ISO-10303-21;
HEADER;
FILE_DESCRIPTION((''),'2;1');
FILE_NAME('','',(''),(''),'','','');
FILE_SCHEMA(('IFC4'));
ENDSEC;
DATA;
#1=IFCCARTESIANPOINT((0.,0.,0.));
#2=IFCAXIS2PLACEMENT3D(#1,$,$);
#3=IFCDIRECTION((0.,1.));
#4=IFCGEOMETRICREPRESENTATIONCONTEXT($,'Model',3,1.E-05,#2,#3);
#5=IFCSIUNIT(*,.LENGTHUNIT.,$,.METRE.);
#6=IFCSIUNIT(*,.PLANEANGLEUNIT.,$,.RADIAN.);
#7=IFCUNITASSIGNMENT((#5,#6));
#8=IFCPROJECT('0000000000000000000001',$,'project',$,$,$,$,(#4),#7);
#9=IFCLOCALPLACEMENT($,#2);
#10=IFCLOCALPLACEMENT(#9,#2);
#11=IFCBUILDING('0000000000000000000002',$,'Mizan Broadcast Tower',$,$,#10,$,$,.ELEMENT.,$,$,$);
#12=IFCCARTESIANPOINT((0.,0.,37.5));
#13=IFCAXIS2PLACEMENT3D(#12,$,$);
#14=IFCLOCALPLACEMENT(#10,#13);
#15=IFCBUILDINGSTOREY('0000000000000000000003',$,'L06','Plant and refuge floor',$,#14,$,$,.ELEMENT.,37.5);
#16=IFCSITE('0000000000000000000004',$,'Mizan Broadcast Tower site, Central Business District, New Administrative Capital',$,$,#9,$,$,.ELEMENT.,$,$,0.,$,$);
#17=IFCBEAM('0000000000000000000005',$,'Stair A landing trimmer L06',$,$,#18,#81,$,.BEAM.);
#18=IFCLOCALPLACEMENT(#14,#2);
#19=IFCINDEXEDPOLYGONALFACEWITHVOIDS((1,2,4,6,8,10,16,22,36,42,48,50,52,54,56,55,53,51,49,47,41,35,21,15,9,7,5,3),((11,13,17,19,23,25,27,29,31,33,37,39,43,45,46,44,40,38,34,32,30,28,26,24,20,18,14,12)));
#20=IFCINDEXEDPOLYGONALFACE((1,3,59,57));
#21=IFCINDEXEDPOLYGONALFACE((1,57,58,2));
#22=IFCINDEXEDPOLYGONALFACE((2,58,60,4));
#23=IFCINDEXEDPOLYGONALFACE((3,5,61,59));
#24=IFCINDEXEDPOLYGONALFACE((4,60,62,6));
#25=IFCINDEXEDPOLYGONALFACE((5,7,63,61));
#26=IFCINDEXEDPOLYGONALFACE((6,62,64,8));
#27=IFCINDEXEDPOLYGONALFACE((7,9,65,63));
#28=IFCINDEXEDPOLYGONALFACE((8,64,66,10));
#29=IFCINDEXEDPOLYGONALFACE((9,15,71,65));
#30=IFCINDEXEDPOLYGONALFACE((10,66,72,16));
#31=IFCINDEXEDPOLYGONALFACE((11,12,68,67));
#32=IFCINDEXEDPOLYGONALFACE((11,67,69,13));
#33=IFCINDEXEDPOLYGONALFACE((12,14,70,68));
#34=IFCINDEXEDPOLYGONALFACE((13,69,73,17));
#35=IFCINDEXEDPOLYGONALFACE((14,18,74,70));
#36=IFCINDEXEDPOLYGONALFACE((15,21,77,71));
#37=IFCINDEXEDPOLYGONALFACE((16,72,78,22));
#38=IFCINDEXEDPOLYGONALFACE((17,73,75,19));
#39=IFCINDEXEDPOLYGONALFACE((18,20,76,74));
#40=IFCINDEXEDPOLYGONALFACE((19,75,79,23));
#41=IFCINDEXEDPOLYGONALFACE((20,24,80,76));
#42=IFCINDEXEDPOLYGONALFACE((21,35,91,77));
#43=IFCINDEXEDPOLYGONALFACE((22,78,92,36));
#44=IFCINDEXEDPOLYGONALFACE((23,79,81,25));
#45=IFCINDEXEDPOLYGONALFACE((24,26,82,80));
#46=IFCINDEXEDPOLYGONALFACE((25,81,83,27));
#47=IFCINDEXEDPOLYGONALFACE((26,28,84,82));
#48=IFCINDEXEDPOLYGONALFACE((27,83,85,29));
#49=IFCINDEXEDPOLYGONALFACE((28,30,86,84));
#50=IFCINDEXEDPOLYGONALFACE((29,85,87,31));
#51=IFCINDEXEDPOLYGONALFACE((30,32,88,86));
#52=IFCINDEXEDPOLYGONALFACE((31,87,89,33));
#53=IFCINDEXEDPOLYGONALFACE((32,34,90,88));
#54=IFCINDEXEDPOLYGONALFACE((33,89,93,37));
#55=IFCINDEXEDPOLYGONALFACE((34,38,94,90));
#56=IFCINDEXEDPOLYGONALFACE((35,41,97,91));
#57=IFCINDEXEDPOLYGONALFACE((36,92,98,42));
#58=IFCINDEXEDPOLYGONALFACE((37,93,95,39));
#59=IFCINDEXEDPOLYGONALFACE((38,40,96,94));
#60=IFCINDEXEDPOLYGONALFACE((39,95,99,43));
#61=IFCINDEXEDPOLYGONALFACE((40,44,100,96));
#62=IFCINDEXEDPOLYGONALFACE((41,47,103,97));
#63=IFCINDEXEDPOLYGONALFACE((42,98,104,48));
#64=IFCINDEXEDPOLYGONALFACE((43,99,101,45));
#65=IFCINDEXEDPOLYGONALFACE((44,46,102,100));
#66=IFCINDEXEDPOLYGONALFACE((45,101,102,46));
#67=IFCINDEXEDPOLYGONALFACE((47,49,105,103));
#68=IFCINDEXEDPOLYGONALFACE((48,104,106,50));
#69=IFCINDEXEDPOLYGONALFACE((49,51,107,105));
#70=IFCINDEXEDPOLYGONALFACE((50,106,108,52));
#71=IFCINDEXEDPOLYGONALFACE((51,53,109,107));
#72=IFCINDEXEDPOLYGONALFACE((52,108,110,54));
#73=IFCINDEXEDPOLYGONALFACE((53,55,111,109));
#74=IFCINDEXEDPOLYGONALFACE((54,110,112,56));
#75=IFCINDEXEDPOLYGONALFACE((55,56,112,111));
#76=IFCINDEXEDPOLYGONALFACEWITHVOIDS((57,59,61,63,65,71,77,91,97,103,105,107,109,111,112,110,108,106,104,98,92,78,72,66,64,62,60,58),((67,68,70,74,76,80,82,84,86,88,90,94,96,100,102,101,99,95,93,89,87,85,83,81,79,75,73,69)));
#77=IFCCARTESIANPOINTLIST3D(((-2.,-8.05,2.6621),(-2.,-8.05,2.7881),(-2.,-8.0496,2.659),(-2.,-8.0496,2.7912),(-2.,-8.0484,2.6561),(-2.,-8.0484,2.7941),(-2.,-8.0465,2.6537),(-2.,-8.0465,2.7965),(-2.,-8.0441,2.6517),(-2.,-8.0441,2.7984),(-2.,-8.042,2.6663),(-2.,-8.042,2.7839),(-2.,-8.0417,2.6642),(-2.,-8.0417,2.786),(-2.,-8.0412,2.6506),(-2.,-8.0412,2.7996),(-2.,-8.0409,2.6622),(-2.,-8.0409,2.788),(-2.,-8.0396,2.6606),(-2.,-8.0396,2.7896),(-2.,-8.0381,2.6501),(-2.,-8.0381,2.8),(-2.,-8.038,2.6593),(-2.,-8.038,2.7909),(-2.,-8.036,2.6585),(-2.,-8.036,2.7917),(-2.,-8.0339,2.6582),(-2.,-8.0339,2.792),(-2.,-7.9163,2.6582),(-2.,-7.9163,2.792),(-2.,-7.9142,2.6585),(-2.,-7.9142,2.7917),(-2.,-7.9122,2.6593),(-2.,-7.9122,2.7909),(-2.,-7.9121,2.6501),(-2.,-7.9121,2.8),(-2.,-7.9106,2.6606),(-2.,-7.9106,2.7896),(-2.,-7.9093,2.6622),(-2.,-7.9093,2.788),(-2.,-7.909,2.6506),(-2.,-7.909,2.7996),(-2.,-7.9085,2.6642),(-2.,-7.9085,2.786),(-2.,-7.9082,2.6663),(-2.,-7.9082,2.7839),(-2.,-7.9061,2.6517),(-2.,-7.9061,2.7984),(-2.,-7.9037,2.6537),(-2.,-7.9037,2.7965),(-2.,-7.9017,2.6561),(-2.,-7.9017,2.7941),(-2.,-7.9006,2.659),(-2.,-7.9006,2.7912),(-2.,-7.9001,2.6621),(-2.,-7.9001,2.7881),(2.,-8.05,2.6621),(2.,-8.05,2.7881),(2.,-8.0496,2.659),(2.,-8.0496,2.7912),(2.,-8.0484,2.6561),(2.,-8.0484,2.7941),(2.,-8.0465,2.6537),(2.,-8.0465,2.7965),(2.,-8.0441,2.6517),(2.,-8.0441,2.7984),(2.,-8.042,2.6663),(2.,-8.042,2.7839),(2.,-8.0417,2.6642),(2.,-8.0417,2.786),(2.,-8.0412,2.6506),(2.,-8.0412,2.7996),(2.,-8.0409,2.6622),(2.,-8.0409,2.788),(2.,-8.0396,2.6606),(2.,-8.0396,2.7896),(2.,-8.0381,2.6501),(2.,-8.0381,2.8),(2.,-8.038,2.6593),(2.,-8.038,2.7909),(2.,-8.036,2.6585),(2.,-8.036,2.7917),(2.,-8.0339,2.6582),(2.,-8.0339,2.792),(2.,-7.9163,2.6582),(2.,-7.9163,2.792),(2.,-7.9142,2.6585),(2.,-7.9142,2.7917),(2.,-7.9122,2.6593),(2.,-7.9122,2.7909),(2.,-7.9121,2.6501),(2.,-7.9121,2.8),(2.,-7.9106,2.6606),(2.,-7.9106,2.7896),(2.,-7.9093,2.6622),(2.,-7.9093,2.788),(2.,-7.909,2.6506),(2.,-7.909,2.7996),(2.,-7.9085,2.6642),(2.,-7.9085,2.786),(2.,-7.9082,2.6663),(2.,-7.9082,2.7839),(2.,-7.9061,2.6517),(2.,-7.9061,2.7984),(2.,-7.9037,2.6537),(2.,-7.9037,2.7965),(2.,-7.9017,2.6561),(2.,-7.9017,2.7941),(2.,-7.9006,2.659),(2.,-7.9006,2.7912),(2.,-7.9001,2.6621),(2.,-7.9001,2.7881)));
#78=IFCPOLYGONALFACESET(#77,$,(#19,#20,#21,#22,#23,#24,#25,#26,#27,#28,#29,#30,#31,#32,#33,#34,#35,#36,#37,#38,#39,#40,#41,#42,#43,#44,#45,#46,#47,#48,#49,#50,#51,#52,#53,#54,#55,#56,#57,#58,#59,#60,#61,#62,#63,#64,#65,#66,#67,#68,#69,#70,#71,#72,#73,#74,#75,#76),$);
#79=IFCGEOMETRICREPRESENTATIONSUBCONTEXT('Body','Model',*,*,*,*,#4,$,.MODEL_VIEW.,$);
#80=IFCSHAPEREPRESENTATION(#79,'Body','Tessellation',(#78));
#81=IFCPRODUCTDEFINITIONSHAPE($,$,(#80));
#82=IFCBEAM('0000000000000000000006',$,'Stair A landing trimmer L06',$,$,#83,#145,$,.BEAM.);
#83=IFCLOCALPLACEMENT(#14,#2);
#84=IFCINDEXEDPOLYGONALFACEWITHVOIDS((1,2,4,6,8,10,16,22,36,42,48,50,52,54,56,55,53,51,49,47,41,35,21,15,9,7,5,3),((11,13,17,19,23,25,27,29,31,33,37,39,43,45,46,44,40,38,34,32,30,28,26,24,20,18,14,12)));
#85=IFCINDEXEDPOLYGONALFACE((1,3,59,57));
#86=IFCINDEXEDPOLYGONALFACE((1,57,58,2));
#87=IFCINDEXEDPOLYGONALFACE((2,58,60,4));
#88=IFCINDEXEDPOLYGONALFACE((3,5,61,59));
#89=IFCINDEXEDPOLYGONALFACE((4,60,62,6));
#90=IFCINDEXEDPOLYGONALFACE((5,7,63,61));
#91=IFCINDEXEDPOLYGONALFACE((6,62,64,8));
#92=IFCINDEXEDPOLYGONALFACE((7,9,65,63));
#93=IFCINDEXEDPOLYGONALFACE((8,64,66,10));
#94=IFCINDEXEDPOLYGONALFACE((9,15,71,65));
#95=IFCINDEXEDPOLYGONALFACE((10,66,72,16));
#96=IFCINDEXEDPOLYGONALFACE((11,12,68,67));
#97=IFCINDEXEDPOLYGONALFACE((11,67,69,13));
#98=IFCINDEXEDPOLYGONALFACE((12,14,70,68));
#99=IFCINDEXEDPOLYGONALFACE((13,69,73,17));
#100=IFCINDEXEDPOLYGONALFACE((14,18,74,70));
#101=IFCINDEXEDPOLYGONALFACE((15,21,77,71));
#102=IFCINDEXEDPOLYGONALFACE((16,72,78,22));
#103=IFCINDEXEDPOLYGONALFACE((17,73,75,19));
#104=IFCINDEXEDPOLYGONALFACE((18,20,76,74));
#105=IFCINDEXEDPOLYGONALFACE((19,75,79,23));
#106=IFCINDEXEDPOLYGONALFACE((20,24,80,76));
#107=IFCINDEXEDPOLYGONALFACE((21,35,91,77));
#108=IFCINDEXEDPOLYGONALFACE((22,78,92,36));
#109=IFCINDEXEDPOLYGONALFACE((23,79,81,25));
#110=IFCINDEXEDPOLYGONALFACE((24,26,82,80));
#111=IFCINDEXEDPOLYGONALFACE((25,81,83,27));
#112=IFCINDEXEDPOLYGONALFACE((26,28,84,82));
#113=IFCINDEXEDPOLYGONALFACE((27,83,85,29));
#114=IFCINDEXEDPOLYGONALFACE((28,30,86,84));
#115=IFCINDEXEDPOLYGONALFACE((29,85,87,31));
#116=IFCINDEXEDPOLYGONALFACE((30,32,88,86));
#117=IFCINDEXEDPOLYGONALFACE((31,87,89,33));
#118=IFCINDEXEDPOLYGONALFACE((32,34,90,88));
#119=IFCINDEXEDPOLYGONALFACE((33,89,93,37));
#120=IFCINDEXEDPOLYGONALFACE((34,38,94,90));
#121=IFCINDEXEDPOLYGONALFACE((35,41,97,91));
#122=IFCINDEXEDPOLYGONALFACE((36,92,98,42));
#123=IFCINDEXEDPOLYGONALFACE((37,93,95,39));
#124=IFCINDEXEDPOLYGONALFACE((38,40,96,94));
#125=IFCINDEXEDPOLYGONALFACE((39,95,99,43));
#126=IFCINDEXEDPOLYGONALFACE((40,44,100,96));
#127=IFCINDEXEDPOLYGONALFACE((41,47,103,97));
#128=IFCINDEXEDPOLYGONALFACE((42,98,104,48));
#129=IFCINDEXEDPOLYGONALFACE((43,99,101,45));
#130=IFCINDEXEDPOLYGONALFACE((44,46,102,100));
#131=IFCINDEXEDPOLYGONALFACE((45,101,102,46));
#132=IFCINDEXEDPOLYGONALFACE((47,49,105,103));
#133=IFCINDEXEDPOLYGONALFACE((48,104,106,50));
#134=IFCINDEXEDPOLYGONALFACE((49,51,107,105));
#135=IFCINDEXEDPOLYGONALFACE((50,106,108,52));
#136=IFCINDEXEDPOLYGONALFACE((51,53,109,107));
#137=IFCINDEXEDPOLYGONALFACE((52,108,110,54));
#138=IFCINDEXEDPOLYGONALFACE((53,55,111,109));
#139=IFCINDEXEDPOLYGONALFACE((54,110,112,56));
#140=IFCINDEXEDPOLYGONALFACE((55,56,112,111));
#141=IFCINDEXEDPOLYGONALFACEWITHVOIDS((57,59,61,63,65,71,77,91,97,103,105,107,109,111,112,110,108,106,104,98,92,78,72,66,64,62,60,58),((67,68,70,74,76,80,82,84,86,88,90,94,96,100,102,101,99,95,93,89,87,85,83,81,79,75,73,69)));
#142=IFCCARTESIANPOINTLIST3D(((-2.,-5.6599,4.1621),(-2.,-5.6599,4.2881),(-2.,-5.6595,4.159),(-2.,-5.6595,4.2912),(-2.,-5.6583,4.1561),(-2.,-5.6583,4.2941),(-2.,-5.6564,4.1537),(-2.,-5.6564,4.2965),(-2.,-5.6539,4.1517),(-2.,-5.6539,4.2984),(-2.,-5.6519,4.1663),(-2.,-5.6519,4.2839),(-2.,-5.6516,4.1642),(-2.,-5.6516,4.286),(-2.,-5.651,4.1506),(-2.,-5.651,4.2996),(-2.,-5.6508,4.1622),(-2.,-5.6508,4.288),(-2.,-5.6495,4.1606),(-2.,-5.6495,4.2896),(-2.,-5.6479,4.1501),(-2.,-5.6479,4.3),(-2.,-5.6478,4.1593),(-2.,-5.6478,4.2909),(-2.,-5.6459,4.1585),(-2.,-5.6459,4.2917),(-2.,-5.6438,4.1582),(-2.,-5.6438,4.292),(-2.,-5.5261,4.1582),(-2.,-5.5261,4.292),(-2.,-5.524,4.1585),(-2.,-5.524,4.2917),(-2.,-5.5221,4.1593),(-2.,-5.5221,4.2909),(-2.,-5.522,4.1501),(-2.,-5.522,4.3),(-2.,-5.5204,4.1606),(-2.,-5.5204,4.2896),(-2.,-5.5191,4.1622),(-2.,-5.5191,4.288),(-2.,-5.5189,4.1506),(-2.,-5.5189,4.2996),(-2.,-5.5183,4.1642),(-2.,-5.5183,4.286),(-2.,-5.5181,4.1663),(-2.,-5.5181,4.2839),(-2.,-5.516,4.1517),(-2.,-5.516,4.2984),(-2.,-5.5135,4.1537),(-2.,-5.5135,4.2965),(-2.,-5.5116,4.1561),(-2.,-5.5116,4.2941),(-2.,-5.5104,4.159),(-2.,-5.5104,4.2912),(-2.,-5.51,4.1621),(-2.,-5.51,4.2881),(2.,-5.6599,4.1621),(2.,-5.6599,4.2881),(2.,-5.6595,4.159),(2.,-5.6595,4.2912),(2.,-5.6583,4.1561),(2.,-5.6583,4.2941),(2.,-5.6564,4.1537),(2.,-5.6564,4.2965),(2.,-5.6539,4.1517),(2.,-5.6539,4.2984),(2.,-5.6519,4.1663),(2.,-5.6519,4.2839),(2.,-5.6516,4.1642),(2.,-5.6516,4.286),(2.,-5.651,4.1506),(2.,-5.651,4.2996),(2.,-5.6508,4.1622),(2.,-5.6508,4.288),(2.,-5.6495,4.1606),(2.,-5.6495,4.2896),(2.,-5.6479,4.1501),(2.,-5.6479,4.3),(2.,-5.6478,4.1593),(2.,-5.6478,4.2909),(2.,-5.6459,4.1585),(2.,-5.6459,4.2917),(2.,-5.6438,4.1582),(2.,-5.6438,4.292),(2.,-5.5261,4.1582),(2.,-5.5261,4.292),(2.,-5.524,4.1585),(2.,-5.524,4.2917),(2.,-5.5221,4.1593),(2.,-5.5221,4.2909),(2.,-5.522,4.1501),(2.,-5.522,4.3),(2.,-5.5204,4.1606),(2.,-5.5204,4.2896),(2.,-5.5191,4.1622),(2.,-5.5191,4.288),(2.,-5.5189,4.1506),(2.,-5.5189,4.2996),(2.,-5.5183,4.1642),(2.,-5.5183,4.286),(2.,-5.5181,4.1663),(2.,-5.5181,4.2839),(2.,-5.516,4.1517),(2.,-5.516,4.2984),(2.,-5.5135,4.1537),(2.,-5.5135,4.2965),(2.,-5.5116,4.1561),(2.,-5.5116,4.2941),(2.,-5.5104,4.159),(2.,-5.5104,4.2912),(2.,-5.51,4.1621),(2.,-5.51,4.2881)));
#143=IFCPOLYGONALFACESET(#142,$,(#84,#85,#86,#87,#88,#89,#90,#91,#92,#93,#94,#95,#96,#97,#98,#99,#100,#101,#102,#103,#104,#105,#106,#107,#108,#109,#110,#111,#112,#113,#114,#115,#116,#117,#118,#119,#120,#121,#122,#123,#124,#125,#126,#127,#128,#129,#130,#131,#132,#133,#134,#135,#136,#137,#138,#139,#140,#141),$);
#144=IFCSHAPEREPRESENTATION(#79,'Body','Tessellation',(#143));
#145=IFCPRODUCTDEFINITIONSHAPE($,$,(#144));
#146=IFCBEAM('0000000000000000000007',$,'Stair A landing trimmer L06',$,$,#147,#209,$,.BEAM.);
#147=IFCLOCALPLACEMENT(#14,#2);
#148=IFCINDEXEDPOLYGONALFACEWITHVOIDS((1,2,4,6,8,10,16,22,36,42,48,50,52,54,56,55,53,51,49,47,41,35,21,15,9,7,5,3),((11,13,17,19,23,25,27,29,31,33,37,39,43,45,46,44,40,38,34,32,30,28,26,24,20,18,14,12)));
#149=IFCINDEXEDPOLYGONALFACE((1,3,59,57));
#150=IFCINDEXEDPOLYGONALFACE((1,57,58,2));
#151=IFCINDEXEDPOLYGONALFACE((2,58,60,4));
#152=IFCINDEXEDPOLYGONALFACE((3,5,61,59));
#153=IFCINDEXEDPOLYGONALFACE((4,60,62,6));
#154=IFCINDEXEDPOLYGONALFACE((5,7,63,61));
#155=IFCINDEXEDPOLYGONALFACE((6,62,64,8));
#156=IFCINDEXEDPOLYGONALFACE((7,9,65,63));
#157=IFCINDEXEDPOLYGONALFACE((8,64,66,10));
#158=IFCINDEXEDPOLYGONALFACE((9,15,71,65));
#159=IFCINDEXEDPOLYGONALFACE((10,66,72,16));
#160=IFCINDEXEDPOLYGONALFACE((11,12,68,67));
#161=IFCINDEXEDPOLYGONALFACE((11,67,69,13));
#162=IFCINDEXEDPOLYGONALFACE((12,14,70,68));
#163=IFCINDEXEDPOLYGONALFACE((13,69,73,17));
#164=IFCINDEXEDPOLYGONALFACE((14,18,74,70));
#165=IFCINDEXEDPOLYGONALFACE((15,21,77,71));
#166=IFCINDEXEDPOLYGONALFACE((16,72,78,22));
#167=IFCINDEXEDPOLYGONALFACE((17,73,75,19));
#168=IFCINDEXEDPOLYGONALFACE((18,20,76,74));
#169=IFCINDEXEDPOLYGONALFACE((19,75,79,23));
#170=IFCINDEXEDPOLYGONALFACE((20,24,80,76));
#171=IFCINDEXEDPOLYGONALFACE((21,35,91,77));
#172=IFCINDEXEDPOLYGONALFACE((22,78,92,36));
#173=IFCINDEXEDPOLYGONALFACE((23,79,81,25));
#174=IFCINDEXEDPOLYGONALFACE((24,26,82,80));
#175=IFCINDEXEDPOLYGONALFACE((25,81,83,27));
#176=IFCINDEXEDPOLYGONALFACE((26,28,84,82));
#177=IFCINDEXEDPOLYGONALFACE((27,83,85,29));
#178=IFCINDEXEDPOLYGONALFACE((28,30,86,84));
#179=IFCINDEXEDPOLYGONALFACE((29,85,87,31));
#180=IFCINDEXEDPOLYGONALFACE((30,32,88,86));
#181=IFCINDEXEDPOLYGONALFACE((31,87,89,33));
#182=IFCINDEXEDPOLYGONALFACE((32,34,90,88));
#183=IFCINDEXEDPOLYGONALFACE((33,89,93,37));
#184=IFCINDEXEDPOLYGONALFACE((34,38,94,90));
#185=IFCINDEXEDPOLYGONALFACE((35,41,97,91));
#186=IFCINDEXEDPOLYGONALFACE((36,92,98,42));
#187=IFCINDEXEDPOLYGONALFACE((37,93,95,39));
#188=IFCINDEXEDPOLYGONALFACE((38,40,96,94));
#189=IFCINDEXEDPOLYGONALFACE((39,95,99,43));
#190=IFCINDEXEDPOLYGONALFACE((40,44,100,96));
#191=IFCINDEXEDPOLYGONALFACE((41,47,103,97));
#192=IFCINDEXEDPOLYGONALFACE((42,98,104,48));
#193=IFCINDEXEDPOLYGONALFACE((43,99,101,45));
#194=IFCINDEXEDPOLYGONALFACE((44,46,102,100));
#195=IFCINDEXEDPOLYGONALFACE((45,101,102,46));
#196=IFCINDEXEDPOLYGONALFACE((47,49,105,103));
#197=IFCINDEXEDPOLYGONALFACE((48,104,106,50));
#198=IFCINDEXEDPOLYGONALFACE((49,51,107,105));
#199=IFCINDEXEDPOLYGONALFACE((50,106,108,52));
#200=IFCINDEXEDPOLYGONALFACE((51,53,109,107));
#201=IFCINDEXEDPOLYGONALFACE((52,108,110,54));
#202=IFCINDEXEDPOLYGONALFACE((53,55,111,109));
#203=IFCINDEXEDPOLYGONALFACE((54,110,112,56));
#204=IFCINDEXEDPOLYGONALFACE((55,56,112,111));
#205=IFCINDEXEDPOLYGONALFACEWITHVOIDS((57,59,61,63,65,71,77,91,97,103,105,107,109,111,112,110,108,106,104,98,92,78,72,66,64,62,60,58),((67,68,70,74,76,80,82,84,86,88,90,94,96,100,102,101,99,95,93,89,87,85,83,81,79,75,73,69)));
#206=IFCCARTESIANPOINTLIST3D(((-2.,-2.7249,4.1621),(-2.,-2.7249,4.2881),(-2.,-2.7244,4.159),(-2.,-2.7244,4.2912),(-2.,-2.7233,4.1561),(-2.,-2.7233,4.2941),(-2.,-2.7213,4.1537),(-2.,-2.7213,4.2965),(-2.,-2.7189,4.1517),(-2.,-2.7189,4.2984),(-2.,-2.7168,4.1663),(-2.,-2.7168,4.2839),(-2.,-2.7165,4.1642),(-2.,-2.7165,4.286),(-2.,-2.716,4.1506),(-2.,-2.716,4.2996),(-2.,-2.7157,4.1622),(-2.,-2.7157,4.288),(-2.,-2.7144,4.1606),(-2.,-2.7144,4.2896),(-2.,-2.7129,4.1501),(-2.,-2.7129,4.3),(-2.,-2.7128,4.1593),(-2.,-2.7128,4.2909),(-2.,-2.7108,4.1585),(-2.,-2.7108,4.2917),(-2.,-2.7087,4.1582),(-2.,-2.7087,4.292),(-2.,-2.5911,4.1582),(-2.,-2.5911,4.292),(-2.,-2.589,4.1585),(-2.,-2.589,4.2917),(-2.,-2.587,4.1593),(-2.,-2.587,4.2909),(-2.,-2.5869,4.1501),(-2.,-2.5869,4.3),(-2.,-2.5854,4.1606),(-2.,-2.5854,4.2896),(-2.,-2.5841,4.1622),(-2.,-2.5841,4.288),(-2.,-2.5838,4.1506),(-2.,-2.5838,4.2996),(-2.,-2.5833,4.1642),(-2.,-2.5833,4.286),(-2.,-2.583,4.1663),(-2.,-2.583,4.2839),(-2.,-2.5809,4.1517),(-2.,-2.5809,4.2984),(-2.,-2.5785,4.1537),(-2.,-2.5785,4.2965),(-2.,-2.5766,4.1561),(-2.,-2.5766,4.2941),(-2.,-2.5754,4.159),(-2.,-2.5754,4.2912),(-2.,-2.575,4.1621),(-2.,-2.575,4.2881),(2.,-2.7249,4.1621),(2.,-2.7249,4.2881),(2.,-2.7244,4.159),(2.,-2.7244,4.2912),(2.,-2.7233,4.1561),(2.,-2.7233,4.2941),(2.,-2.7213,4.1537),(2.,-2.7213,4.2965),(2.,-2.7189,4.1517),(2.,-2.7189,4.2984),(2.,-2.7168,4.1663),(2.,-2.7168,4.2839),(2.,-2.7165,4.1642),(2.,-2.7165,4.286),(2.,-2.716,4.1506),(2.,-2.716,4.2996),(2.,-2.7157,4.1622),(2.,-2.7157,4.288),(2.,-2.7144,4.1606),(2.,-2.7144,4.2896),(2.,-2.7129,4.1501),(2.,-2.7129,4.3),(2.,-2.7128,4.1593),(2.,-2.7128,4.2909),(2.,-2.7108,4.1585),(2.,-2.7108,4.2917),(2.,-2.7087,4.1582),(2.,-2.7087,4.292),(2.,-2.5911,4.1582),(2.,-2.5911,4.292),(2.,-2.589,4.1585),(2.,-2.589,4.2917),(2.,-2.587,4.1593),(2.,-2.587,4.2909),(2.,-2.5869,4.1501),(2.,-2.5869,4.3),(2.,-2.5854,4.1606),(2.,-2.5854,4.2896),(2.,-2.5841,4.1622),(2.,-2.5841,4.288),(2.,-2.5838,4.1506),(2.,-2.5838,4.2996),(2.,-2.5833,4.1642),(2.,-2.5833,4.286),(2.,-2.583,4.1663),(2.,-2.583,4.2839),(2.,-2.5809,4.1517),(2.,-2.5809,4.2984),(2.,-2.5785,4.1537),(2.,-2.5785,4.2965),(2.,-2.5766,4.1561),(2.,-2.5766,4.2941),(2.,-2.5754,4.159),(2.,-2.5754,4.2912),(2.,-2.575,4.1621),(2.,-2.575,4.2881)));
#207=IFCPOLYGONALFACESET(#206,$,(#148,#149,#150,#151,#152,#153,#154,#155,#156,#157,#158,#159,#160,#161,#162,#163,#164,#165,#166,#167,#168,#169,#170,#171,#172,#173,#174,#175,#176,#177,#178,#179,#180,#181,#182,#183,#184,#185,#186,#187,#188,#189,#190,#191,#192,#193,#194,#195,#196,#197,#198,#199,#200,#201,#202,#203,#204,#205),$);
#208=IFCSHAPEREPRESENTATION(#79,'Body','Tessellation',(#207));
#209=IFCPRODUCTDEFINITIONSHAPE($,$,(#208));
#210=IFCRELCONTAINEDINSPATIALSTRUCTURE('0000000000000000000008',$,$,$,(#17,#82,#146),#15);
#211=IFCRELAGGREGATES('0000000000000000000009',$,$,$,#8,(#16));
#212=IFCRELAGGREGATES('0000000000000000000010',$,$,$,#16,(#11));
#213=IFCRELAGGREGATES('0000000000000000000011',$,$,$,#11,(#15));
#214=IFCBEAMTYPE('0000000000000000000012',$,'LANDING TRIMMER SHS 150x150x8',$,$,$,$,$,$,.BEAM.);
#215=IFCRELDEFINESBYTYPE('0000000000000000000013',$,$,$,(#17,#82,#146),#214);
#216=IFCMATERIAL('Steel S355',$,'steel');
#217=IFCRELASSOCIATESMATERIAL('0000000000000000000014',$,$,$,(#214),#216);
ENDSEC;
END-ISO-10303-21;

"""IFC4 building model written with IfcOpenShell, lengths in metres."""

from ifc_helpers import new_model, si_unit, direction, frame, origin, origin_2d, place, context, subcontext, project, spatial, hollow_rectangle, extrude, material, material_profile, profile_set, type_object, element, save


model = new_model("IFC4")

# Units and contexts
model_context = context("Model", 3, precision=1e-05, world=origin(), true_north=direction((0.0, 1.0)))
body_context = subcontext(model_context, "Body", "Model", "MODEL_VIEW")
ifc_project = project(units=[si_unit("LENGTHUNIT", "METRE"), si_unit("PLANEANGLEUNIT", "RADIAN")], contexts=[model_context])

# Site, building, storey
site_placement = place(None, origin())
site = spatial("IfcSite", under=ifc_project, at=site_placement, Name="Mizan Broadcast Tower site, Central Business District, New Administrative Capital", CompositionType="ELEMENT", RefElevation=0.0)
building_placement = place(site_placement, origin())
building = spatial("IfcBuilding", under=site, at=building_placement, Name="Mizan Broadcast Tower", CompositionType="ELEMENT")
storey_placement = place(building_placement, frame((0.0, 0.0, 37.5)))
storey = spatial("IfcBuildingStorey", under=building, at=storey_placement, Name="L06", Description="Plant and refuge floor", CompositionType="ELEMENT", Elevation=37.5)

# Beams
ifc_material_1 = material(Name="Steel S355", Category="steel")
ifc_material_profile_1 = material_profile(ifc_material_1, hollow_rectangle(XDim=0.1499, YDim=0.1499, WallThickness=0.0081, InnerFilletRadius=0.0081, OuterFilletRadius=0.012, at=origin_2d()), Name="SHS 150x150x8")
ifc_profile_set_1 = profile_set([ifc_material_profile_1], Name="Steel S355")
beam_type_1 = type_object("IfcBeamType", Name="LANDING TRIMMER SHS 150x150x8", PredefinedType="BEAM", material=ifc_profile_set_1)
for number, where, z_axis, x_axis, name in (
    (1, (-2.0, -7.9751, 2.7251), (1.0, 0.0, 0.0), (0.0, 1.0, 0.0), "Stair A landing trimmer L06"),
    (2, (-2.0, -5.585, 4.2251), (1.0, 0.0, 0.0), (0.0, 1.0, 0.0), "Stair A landing trimmer L06"),
    (3, (-2.0, -2.6499, 4.2251), (1.0, 0.0, 0.0), (0.0, 1.0, 0.0), "Stair A landing trimmer L06"),
):
    element("IfcBeam", number, at=place(storey_placement, frame(where, z_axis=z_axis, x_axis=x_axis)), inside=storey, type_object=beam_type_1, Name=name, PredefinedType="BEAM", context=body_context, shape_type="SweptSolid", body=[
        extrude(hollow_rectangle(XDim=0.1499, YDim=0.1499, WallThickness=0.0081, InnerFilletRadius=0.0081, OuterFilletRadius=0.012, at=origin_2d()), origin(), (0.0, 0.0, 1.0), 4.0),
    ])

save(model, "model.ifc")
